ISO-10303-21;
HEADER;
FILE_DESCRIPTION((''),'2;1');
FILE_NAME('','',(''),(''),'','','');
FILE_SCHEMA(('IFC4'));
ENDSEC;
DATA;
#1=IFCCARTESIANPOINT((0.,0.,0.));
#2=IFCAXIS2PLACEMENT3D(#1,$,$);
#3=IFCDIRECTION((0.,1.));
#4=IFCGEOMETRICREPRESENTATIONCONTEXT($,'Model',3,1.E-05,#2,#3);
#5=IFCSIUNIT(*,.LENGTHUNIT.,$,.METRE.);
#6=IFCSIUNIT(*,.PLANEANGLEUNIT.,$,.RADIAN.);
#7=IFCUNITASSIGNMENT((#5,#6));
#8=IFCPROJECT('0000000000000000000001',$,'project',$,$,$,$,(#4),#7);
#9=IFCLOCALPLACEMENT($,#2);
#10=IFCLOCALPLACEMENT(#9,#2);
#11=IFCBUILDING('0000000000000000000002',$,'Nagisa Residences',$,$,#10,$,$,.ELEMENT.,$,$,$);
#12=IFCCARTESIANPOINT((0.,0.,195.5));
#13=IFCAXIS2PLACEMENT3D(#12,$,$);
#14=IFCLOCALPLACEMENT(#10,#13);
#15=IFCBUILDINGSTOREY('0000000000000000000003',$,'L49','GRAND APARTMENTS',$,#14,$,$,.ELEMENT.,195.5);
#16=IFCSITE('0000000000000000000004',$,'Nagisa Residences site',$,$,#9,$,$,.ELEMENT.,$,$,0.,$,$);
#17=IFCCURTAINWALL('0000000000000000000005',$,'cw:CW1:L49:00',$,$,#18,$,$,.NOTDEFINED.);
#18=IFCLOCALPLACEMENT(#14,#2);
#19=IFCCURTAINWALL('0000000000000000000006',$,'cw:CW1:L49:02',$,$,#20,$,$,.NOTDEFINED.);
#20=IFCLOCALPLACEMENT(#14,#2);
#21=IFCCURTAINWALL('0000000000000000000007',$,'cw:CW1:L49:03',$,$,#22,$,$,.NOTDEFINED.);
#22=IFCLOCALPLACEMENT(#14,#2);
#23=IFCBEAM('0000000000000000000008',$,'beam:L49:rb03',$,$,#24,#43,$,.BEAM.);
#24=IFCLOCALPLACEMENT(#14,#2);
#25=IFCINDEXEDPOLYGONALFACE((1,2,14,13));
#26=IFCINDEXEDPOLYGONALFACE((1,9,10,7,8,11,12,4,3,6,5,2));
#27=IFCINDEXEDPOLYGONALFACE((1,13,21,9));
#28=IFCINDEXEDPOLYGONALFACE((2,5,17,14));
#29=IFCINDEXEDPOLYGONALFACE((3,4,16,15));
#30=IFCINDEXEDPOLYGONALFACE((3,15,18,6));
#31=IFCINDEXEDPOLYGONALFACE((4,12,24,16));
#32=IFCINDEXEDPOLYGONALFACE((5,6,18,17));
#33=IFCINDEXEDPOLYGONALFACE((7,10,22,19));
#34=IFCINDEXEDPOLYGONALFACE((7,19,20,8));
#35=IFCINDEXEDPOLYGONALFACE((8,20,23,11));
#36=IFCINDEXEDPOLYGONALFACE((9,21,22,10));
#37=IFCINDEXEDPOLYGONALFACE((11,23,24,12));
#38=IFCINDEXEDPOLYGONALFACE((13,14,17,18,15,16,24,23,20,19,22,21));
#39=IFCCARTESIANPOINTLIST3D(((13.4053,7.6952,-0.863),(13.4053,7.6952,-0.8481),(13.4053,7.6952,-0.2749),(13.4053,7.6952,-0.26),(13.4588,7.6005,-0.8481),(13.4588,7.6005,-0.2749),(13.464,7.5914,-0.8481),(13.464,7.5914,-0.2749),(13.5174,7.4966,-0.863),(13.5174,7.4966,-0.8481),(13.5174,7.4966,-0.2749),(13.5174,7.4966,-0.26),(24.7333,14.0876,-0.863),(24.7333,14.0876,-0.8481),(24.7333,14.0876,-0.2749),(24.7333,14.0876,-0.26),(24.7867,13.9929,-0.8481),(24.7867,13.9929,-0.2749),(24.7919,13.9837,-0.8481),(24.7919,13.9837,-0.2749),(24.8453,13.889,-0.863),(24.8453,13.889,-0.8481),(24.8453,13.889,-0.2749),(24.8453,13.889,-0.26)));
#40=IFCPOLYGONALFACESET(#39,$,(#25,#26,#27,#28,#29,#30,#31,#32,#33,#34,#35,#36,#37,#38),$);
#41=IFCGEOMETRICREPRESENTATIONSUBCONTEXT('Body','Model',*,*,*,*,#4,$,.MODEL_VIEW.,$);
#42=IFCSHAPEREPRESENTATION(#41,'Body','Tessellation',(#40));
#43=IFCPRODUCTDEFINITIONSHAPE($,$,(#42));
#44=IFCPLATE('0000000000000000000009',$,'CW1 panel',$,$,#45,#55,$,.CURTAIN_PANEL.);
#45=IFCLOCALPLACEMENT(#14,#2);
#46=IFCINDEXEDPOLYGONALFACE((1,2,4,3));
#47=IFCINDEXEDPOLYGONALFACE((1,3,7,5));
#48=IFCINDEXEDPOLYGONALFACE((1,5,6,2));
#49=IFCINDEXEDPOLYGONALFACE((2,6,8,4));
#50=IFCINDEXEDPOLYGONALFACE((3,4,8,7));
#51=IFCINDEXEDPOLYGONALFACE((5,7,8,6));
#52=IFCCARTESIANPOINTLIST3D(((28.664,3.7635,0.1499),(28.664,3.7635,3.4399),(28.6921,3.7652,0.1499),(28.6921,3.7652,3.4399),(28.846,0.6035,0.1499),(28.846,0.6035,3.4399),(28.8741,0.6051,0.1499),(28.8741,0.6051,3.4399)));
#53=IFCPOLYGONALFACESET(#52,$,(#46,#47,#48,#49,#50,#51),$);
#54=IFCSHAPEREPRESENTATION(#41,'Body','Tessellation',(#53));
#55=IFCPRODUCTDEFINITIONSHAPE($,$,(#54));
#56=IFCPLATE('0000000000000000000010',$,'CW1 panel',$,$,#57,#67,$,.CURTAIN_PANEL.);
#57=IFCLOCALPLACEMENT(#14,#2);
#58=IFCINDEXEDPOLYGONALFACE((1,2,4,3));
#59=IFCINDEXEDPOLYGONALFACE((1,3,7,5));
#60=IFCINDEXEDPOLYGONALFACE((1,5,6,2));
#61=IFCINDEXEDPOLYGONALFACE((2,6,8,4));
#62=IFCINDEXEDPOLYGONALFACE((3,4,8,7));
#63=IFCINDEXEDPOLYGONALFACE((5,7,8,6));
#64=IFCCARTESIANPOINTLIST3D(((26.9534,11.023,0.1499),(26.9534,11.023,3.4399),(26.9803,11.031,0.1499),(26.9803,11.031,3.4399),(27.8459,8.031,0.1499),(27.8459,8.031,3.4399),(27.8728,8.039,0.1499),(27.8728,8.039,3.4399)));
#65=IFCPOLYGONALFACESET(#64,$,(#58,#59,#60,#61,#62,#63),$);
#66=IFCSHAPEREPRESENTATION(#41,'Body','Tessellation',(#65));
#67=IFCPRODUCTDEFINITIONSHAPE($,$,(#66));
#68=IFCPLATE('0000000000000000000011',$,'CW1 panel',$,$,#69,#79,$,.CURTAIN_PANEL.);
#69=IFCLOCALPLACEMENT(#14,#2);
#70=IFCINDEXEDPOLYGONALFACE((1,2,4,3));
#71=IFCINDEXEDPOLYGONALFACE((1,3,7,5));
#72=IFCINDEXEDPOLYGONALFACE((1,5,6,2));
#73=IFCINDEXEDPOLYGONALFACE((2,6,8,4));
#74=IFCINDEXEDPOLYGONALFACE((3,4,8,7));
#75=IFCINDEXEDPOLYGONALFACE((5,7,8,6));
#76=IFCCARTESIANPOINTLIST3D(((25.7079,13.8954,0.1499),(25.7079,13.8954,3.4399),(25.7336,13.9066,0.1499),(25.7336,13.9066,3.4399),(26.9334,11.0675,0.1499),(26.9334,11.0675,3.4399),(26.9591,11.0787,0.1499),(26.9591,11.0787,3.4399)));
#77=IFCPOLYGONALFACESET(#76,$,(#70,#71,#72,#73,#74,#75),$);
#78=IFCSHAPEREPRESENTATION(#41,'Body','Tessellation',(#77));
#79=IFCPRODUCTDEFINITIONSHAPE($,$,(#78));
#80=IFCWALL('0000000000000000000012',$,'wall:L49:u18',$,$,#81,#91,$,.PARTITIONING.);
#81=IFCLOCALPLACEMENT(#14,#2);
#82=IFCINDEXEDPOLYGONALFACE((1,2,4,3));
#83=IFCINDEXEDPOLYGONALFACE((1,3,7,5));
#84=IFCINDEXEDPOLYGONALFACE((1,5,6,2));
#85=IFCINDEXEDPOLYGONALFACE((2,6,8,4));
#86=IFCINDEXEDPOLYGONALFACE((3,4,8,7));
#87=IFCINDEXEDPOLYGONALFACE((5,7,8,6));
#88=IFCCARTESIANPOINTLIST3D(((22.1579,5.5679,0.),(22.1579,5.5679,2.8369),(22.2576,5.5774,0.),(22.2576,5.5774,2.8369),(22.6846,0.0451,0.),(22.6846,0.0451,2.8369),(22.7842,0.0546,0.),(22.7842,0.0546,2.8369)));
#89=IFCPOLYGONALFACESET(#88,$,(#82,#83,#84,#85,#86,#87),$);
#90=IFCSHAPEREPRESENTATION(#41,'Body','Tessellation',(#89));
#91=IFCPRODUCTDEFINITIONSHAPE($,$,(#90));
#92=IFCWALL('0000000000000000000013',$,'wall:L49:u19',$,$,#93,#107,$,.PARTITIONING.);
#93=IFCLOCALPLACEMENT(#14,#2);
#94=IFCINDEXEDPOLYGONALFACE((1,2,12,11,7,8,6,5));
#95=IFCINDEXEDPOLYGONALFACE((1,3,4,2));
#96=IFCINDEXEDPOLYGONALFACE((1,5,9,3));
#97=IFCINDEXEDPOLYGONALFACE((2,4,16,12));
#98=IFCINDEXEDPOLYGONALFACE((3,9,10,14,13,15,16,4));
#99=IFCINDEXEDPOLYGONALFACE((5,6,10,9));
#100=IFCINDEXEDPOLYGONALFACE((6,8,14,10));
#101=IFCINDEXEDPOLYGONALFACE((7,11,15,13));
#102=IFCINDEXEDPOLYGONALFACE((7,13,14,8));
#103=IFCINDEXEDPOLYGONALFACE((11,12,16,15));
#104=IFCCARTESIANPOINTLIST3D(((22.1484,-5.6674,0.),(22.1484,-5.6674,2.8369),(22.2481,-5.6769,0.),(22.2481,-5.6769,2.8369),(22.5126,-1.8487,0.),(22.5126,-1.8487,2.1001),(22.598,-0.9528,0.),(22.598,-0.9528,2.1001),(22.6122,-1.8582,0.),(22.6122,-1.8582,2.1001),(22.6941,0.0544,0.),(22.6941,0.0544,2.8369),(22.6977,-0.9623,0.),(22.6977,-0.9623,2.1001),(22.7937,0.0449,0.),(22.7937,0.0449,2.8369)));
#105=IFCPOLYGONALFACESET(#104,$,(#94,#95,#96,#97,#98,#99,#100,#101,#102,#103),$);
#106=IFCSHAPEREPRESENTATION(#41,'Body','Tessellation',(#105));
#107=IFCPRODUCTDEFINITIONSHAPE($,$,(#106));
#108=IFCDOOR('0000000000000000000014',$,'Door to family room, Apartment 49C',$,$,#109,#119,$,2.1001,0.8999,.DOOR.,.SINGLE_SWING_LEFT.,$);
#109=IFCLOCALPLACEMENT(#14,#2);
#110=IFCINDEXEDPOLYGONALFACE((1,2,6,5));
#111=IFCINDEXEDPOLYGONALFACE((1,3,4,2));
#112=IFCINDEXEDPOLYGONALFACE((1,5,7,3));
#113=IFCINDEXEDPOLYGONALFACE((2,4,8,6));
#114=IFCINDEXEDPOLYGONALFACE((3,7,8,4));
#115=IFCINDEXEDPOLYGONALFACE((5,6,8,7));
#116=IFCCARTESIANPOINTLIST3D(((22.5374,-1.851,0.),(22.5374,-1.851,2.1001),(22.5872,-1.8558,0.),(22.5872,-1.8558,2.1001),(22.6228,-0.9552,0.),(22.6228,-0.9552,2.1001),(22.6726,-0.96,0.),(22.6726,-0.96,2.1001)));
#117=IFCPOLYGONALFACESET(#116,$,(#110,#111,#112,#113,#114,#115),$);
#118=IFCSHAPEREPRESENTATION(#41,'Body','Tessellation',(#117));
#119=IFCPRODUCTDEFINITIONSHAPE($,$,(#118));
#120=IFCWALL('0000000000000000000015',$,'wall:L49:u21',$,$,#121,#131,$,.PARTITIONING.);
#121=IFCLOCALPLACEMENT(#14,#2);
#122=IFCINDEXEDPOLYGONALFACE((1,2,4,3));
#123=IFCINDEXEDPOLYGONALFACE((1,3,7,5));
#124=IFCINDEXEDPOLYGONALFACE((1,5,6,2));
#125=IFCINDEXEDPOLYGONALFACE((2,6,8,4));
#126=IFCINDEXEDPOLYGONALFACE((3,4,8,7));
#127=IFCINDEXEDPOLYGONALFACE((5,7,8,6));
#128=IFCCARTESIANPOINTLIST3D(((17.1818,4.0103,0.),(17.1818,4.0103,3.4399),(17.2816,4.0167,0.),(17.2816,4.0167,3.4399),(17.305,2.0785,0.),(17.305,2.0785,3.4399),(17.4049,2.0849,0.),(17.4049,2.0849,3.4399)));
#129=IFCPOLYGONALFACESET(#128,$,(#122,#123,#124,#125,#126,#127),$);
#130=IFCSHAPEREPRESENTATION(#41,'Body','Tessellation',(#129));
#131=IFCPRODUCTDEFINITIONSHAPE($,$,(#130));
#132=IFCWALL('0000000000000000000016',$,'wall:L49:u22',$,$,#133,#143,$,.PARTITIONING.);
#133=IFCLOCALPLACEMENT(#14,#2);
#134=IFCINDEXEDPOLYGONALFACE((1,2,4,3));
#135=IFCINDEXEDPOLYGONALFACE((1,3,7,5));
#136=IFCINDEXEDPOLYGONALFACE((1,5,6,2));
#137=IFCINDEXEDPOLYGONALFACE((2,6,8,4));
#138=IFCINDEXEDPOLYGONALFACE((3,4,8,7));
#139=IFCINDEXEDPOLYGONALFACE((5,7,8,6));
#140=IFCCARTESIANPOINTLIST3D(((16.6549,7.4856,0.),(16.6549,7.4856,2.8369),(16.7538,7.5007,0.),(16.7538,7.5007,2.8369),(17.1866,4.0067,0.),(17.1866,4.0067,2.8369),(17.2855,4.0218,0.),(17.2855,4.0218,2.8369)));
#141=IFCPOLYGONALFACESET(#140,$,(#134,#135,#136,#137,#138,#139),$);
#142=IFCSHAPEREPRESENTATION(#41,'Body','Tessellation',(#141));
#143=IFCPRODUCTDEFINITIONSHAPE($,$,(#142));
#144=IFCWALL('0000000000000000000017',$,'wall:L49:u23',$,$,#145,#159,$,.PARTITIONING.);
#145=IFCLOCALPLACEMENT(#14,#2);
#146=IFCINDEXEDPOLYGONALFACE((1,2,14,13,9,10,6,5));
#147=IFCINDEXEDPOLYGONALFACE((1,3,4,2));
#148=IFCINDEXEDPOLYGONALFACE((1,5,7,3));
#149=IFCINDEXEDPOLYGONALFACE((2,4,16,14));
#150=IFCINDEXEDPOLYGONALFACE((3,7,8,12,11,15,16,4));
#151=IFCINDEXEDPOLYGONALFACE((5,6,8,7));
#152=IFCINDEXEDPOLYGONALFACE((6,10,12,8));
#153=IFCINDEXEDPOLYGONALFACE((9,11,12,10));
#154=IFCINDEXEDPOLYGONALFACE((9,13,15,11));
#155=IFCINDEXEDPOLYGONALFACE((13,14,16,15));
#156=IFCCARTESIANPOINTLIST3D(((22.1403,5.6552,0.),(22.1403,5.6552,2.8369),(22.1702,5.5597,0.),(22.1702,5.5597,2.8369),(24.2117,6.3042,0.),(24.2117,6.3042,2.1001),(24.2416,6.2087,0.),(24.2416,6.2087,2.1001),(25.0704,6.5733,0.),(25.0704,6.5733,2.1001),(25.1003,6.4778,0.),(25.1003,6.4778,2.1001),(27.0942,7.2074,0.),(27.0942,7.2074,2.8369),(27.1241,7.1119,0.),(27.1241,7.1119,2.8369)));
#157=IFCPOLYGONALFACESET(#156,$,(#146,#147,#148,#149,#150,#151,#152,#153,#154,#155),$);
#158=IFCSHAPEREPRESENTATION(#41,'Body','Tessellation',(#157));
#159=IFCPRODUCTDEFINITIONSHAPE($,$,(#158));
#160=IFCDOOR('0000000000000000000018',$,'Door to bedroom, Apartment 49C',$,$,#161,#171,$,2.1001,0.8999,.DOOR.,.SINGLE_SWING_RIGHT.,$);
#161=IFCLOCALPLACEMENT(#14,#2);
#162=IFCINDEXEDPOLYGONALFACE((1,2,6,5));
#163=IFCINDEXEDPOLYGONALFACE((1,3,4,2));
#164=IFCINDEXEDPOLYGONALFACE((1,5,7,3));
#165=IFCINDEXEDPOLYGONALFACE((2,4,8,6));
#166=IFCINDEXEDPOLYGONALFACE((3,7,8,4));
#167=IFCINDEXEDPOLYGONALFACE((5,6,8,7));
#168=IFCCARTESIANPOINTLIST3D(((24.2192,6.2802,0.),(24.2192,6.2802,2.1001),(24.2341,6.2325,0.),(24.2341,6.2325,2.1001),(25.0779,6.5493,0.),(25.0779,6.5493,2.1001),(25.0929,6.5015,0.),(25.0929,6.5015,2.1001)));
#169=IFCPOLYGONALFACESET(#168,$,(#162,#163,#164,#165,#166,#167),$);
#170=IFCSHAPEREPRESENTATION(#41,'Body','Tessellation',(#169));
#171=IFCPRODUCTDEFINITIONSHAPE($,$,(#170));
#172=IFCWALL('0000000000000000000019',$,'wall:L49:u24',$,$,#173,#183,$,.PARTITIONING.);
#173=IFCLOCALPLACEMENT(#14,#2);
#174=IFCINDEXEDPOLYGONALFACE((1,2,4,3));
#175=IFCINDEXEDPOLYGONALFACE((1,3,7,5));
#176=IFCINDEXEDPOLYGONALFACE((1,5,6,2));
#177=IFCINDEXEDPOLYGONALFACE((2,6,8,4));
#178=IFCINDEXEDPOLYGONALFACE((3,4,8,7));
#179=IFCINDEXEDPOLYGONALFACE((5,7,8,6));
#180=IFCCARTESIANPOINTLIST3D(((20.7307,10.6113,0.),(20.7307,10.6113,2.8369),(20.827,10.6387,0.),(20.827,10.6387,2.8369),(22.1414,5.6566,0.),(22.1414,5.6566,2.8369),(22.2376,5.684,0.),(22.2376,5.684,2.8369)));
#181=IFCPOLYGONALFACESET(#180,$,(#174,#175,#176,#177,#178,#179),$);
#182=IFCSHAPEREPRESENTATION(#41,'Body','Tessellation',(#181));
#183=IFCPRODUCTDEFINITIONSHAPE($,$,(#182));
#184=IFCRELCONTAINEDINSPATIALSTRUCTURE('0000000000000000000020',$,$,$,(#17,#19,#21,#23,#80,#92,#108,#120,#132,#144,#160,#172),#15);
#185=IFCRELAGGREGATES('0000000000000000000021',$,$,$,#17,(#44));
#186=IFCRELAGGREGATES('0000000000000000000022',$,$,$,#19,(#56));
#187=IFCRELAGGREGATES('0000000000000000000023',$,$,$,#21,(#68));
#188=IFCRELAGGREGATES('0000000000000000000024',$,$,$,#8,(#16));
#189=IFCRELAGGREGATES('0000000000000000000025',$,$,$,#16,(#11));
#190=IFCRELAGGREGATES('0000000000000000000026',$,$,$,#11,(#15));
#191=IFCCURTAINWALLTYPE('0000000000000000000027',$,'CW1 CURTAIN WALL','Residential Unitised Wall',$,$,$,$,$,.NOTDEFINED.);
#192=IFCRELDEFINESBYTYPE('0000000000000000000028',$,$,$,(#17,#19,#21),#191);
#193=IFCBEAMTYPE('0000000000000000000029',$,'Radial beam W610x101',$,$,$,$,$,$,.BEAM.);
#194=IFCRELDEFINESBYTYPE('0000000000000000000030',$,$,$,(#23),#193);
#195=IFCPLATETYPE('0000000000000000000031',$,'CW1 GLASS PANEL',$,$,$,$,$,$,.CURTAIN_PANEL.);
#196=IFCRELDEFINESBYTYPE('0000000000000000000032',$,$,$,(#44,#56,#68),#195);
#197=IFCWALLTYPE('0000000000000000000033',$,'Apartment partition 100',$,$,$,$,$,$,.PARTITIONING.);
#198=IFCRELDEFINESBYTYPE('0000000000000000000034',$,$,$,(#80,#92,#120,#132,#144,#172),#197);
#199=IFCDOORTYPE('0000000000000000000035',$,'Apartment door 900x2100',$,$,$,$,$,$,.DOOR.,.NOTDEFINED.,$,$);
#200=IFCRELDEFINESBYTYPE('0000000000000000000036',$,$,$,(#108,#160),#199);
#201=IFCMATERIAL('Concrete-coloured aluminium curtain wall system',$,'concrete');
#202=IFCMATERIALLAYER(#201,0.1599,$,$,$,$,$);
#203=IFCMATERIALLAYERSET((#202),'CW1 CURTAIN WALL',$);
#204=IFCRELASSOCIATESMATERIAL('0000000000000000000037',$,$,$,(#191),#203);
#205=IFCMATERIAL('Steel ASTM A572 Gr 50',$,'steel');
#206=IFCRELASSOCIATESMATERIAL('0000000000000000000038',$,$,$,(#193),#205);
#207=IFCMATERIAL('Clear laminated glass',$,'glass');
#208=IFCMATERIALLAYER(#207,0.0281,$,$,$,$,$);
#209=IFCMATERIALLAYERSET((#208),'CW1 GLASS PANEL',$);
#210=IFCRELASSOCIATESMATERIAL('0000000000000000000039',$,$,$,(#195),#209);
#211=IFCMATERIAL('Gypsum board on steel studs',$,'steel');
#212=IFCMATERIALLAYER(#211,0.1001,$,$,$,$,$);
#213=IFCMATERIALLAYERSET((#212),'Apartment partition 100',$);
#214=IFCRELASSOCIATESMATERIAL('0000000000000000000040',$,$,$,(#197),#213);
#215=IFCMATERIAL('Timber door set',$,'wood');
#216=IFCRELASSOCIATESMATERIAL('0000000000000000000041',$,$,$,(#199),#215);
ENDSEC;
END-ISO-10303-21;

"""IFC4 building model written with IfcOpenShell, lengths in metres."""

from ifc_helpers import new_model, si_unit, direction, frame, frame_2d, origin, origin_2d, place, context, subcontext, project, spatial, rectangle, i_section, extrude, material, layer, layer_set, material_profile, profile_set, type_object, element, fill, aggregate, save


model = new_model("IFC4")

# Units and contexts
model_context = context("Model", 3, precision=1e-05, world=origin(), true_north=direction((0.0, 1.0)))
body_context = subcontext(model_context, "Body", "Model", "MODEL_VIEW")
ifc_project = project(units=[si_unit("LENGTHUNIT", "METRE"), si_unit("PLANEANGLEUNIT", "RADIAN")], contexts=[model_context])

# Site, building, storey
site_placement = place(None, origin())
site = spatial("IfcSite", under=ifc_project, at=site_placement, Name="Nagisa Residences site", CompositionType="ELEMENT", RefElevation=0.0)
building_placement = place(site_placement, origin())
building = spatial("IfcBuilding", under=site, at=building_placement, Name="Nagisa Residences", CompositionType="ELEMENT")
storey_placement = place(building_placement, frame((0.0, 0.0, 195.5)))
storey = spatial("IfcBuildingStorey", under=building, at=storey_placement, Name="L49", Description="GRAND APARTMENTS", CompositionType="ELEMENT", Elevation=195.5)

# Curtain walls
ifc_material_1 = material(Name="Concrete-coloured aluminium curtain wall system", Category="concrete")
ifc_layer_1 = layer(ifc_material_1, 0.1599)
ifc_layer_set_1 = layer_set([ifc_layer_1], Name="CW1 CURTAIN WALL")
curtain_wall_type = type_object("IfcCurtainWallType", Name="CW1 CURTAIN WALL", Description="Residential Unitised Wall", PredefinedType="NOTDEFINED", material=ifc_layer_set_1)
curtain_wall_1_placement = place(storey_placement, origin())
curtain_wall_1 = element("IfcCurtainWall", 1, at=curtain_wall_1_placement, inside=storey, type_object=curtain_wall_type, Name="cw:CW1:L49:00", PredefinedType="NOTDEFINED")
curtain_wall_2_placement = place(storey_placement, origin())
curtain_wall_2 = element("IfcCurtainWall", 2, at=curtain_wall_2_placement, inside=storey, type_object=curtain_wall_type, Name="cw:CW1:L49:02", PredefinedType="NOTDEFINED")
curtain_wall_3_placement = place(storey_placement, origin())
curtain_wall_3 = element("IfcCurtainWall", 3, at=curtain_wall_3_placement, inside=storey, type_object=curtain_wall_type, Name="cw:CW1:L49:03", PredefinedType="NOTDEFINED")

# Beam
ifc_material_2 = material(Name="Steel ASTM A572 Gr 50", Category="steel")
ifc_material_profile_1 = material_profile(ifc_material_2, i_section(OverallWidth=0.228, OverallDepth=0.603, WebThickness=0.0105, FlangeThickness=0.0149, at=origin_2d()), Name="W610x101")
ifc_profile_set_1 = profile_set([ifc_material_profile_1], Name="Steel ASTM A572 Gr 50")
beam_type_1 = type_object("IfcBeamType", Name="Radial beam W610x101", PredefinedType="BEAM", material=ifc_profile_set_1)
beam_1_placement = place(storey_placement, frame((24.7893, 13.9883, -0.5615), z_axis=(-0.870905, -0.491452, 0.0), x_axis=(0.491452, -0.870905, 0.0)))
element("IfcBeam", 4, at=beam_1_placement, inside=storey, type_object=beam_type_1, Name="beam:L49:rb03", PredefinedType="BEAM", context=body_context, shape_type="SweptSolid", body=[
    extrude(i_section(OverallWidth=0.228, OverallDepth=0.603, WebThickness=0.0105, FlangeThickness=0.0149, at=origin_2d()), origin(), (0.0, 0.0, 1.0), 13.0071),
])

# Plates
ifc_material_3 = material(Name="Clear laminated glass", Category="glass")
ifc_layer_2 = layer(ifc_material_3, 0.0281)
ifc_layer_set_2 = layer_set([ifc_layer_2], Name="CW1 GLASS PANEL")
plate_type = type_object("IfcPlateType", Name="CW1 GLASS PANEL", PredefinedType="CURTAIN_PANEL", material=ifc_layer_set_2)
plate_1_placement = place(storey_placement, frame((28.769, 2.1843, 0.1499), z_axis=(0.0, 0.0, 1.0), x_axis=(-0.057503, 0.998345, 0.0)))
plate_1 = element("IfcPlate", 5, at=plate_1_placement, type_object=plate_type, Name="CW1 panel", PredefinedType="CURTAIN_PANEL", context=body_context, shape_type="SweptSolid", body=[
    extrude(rectangle(XDim=3.1653, YDim=0.0281, at=origin_2d()), origin(), (0.0, 0.0, 1.0), 3.29),
])
aggregate(curtain_wall_1, [plate_1])
plate_2_placement = place(storey_placement, frame((27.4131, 9.531, 0.1499), z_axis=(0.0, 0.0, 1.0), x_axis=(-0.28586, 0.958271, 0.0)))
plate_2 = element("IfcPlate", 6, at=plate_2_placement, type_object=plate_type, Name="CW1 panel", PredefinedType="CURTAIN_PANEL", context=body_context, shape_type="SweptSolid", body=[
    extrude(rectangle(XDim=3.1223, YDim=0.0281, at=origin_2d()), origin(), (0.0, 0.0, 1.0), 3.29),
])
aggregate(curtain_wall_2, [plate_2])
plate_3_placement = place(storey_placement, frame((26.3335, 12.4871, 0.1499), z_axis=(0.0, 0.0, 1.0), x_axis=(-0.397636, 0.917543, 0.0)))
plate_3 = element("IfcPlate", 7, at=plate_3_placement, type_object=plate_type, Name="CW1 panel", PredefinedType="CURTAIN_PANEL", context=body_context, shape_type="SweptSolid", body=[
    extrude(rectangle(XDim=3.082, YDim=0.0281, at=origin_2d()), origin(), (0.0, 0.0, 1.0), 3.29),
])
aggregate(curtain_wall_3, [plate_3])

# Wall
ifc_material_4 = material(Name="Gypsum board on steel studs", Category="steel")
ifc_layer_3 = layer(ifc_material_4, 0.1001)
ifc_layer_set_3 = layer_set([ifc_layer_3], Name="Apartment partition 100")
wall_type_1 = type_object("IfcWallType", Name="Apartment partition 100", PredefinedType="PARTITIONING", material=ifc_layer_set_3)
wall_1_placement = place(storey_placement, frame((22.7344, 0.0498, 0.0), z_axis=(0.0, 0.0, 1.0), x_axis=(-0.094923, 0.995485, 0.0)))
element("IfcWall", 8, at=wall_1_placement, inside=storey, type_object=wall_type_1, Name="wall:L49:u18", PredefinedType="PARTITIONING", context=body_context, shape_type="SweptSolid", body=[
    extrude(rectangle(XDim=5.5479, YDim=0.1001, at=frame_2d((2.7739, 0.0))), origin(), (0.0, 0.0, 1.0), 2.8369),
])

# Wall, opening, door
wall_2_placement = place(storey_placement, frame((22.7439, 0.0498, 0.0), z_axis=(0.0, 0.0, 1.0), x_axis=(-0.094931, -0.995484, 0.0)))
wall_2 = element("IfcWall", 9, at=wall_2_placement, inside=storey, type_object=wall_type_1, Name="wall:L49:u19", PredefinedType="PARTITIONING", context=body_context, shape_type="SweptSolid", body=[
    extrude(rectangle(XDim=5.7478, YDim=0.1001, at=frame_2d((2.874, 0.0))), origin(), (0.0, 0.0, 1.0), 2.8369),
])
opening_1_placement = place(wall_2_placement, frame((1.012, 0.0, 0.0)))
opening_1 = element("IfcOpeningElement", 10, at=opening_1_placement, cuts=wall_2, PredefinedType="OPENING", context=body_context, shape_type="SweptSolid", body=[
    extrude(rectangle(XDim=0.8999, YDim=2.1001, at=frame_2d((0.45, 1.05))), frame((0.0, 0.0601, 0.0), z_axis=(0.0, -1.0, 0.0), x_axis=(1.0, 0.0, 0.0)), (0.0, 0.0, 1.0), 0.1201),
])
ifc_material_5 = material(Name="Timber door set", Category="wood")
door_type_1 = type_object("IfcDoorType", Name="Apartment door 900x2100", OperationType="NOTDEFINED", PredefinedType="DOOR", material=ifc_material_5)
door_1_placement = place(opening_1_placement, origin())
door_1 = element("IfcDoor", 11, at=door_1_placement, inside=storey, type_object=door_type_1, Name="Door to family room, Apartment 49C", OperationType="SINGLE_SWING_LEFT", OverallHeight=2.1001, OverallWidth=0.8999, PredefinedType="DOOR", context=body_context, shape_type="SweptSolid", body=[
    extrude(rectangle(XDim=0.8999, YDim=2.1001, at=frame_2d((0.45, 1.05))), frame((0.0, 0.0249, 0.0), z_axis=(0.0, -1.0, 0.0), x_axis=(1.0, 0.0, 0.0)), (0.0, 0.0, 1.0), 0.05),
])
fill(opening_1, door_1)

# Walls
wall_3_placement = place(storey_placement, frame((17.355, 2.0818, 0.0), z_axis=(0.0, 0.0, 1.0), x_axis=(-0.063689, 0.99797, 0.0)))
element("IfcWall", 12, at=wall_3_placement, inside=storey, type_object=wall_type_1, Name="wall:L49:u21", PredefinedType="PARTITIONING", context=body_context, shape_type="SweptSolid", body=[
    extrude(rectangle(XDim=1.9358, YDim=0.1001, at=frame_2d((0.9678, 0.0))), origin(), (0.0, 0.0, 1.0), 3.4399),
])
wall_4_placement = place(storey_placement, frame((17.2361, 4.0142, 0.0), z_axis=(0.0, 0.0, 1.0), x_axis=(-0.151088, 0.98852, 0.0)))
element("IfcWall", 13, at=wall_4_placement, inside=storey, type_object=wall_type_1, Name="wall:L49:u22", PredefinedType="PARTITIONING", context=body_context, shape_type="SweptSolid", body=[
    extrude(rectangle(XDim=3.5193, YDim=0.1001, at=frame_2d((1.7598, 0.0))), origin(), (0.0, 0.0, 1.0), 2.8369),
])

# Wall, opening, door
wall_5_placement = place(storey_placement, frame((22.1553, 5.6074, 0.0), z_axis=(0.0, 0.0, 1.0), x_axis=(0.954251, 0.299006, 0.0)))
wall_5 = element("IfcWall", 14, at=wall_5_placement, inside=storey, type_object=wall_type_1, Name="wall:L49:u23", PredefinedType="PARTITIONING", context=body_context, shape_type="SweptSolid", body=[
    extrude(rectangle(XDim=5.1914, YDim=0.1001, at=frame_2d((2.5957, 0.0))), origin(), (0.0, 0.0, 1.0), 2.8369),
])
opening_2_placement = place(wall_5_placement, frame((2.1707, 0.0, 0.0)))
opening_2 = element("IfcOpeningElement", 15, at=opening_2_placement, cuts=wall_5, PredefinedType="OPENING", context=body_context, shape_type="SweptSolid", body=[
    extrude(rectangle(XDim=0.8999, YDim=2.1001, at=frame_2d((0.45, 1.05))), frame((0.0, 0.0601, 0.0), z_axis=(0.0, -1.0, 0.0), x_axis=(1.0, 0.0, 0.0)), (0.0, 0.0, 1.0), 0.1201),
])
door_2_placement = place(opening_2_placement, origin())
door_2 = element("IfcDoor", 16, at=door_2_placement, inside=storey, type_object=door_type_1, Name="Door to bedroom, Apartment 49C", OperationType="SINGLE_SWING_RIGHT", OverallHeight=2.1001, OverallWidth=0.8999, PredefinedType="DOOR", context=body_context, shape_type="SweptSolid", body=[
    extrude(rectangle(XDim=0.8999, YDim=2.1001, at=frame_2d((0.45, 1.05))), frame((0.0, 0.0249, 0.0), z_axis=(0.0, -1.0, 0.0), x_axis=(1.0, 0.0, 0.0)), (0.0, 0.0, 1.0), 0.05),
])
fill(opening_2, door_2)

# Wall
wall_6_placement = place(storey_placement, frame((22.1895, 5.6704, 0.0), z_axis=(0.0, 0.0, 1.0), x_axis=(-0.27382, 0.961781, 0.0)))
element("IfcWall", 17, at=wall_6_placement, inside=storey, type_object=wall_type_1, Name="wall:L49:u24", PredefinedType="PARTITIONING", context=body_context, shape_type="SweptSolid", body=[
    extrude(rectangle(XDim=5.1516, YDim=0.1001, at=frame_2d((2.5757, 0.0))), origin(), (0.0, 0.0, 1.0), 2.8369),
])

save(model, "model.ifc")
